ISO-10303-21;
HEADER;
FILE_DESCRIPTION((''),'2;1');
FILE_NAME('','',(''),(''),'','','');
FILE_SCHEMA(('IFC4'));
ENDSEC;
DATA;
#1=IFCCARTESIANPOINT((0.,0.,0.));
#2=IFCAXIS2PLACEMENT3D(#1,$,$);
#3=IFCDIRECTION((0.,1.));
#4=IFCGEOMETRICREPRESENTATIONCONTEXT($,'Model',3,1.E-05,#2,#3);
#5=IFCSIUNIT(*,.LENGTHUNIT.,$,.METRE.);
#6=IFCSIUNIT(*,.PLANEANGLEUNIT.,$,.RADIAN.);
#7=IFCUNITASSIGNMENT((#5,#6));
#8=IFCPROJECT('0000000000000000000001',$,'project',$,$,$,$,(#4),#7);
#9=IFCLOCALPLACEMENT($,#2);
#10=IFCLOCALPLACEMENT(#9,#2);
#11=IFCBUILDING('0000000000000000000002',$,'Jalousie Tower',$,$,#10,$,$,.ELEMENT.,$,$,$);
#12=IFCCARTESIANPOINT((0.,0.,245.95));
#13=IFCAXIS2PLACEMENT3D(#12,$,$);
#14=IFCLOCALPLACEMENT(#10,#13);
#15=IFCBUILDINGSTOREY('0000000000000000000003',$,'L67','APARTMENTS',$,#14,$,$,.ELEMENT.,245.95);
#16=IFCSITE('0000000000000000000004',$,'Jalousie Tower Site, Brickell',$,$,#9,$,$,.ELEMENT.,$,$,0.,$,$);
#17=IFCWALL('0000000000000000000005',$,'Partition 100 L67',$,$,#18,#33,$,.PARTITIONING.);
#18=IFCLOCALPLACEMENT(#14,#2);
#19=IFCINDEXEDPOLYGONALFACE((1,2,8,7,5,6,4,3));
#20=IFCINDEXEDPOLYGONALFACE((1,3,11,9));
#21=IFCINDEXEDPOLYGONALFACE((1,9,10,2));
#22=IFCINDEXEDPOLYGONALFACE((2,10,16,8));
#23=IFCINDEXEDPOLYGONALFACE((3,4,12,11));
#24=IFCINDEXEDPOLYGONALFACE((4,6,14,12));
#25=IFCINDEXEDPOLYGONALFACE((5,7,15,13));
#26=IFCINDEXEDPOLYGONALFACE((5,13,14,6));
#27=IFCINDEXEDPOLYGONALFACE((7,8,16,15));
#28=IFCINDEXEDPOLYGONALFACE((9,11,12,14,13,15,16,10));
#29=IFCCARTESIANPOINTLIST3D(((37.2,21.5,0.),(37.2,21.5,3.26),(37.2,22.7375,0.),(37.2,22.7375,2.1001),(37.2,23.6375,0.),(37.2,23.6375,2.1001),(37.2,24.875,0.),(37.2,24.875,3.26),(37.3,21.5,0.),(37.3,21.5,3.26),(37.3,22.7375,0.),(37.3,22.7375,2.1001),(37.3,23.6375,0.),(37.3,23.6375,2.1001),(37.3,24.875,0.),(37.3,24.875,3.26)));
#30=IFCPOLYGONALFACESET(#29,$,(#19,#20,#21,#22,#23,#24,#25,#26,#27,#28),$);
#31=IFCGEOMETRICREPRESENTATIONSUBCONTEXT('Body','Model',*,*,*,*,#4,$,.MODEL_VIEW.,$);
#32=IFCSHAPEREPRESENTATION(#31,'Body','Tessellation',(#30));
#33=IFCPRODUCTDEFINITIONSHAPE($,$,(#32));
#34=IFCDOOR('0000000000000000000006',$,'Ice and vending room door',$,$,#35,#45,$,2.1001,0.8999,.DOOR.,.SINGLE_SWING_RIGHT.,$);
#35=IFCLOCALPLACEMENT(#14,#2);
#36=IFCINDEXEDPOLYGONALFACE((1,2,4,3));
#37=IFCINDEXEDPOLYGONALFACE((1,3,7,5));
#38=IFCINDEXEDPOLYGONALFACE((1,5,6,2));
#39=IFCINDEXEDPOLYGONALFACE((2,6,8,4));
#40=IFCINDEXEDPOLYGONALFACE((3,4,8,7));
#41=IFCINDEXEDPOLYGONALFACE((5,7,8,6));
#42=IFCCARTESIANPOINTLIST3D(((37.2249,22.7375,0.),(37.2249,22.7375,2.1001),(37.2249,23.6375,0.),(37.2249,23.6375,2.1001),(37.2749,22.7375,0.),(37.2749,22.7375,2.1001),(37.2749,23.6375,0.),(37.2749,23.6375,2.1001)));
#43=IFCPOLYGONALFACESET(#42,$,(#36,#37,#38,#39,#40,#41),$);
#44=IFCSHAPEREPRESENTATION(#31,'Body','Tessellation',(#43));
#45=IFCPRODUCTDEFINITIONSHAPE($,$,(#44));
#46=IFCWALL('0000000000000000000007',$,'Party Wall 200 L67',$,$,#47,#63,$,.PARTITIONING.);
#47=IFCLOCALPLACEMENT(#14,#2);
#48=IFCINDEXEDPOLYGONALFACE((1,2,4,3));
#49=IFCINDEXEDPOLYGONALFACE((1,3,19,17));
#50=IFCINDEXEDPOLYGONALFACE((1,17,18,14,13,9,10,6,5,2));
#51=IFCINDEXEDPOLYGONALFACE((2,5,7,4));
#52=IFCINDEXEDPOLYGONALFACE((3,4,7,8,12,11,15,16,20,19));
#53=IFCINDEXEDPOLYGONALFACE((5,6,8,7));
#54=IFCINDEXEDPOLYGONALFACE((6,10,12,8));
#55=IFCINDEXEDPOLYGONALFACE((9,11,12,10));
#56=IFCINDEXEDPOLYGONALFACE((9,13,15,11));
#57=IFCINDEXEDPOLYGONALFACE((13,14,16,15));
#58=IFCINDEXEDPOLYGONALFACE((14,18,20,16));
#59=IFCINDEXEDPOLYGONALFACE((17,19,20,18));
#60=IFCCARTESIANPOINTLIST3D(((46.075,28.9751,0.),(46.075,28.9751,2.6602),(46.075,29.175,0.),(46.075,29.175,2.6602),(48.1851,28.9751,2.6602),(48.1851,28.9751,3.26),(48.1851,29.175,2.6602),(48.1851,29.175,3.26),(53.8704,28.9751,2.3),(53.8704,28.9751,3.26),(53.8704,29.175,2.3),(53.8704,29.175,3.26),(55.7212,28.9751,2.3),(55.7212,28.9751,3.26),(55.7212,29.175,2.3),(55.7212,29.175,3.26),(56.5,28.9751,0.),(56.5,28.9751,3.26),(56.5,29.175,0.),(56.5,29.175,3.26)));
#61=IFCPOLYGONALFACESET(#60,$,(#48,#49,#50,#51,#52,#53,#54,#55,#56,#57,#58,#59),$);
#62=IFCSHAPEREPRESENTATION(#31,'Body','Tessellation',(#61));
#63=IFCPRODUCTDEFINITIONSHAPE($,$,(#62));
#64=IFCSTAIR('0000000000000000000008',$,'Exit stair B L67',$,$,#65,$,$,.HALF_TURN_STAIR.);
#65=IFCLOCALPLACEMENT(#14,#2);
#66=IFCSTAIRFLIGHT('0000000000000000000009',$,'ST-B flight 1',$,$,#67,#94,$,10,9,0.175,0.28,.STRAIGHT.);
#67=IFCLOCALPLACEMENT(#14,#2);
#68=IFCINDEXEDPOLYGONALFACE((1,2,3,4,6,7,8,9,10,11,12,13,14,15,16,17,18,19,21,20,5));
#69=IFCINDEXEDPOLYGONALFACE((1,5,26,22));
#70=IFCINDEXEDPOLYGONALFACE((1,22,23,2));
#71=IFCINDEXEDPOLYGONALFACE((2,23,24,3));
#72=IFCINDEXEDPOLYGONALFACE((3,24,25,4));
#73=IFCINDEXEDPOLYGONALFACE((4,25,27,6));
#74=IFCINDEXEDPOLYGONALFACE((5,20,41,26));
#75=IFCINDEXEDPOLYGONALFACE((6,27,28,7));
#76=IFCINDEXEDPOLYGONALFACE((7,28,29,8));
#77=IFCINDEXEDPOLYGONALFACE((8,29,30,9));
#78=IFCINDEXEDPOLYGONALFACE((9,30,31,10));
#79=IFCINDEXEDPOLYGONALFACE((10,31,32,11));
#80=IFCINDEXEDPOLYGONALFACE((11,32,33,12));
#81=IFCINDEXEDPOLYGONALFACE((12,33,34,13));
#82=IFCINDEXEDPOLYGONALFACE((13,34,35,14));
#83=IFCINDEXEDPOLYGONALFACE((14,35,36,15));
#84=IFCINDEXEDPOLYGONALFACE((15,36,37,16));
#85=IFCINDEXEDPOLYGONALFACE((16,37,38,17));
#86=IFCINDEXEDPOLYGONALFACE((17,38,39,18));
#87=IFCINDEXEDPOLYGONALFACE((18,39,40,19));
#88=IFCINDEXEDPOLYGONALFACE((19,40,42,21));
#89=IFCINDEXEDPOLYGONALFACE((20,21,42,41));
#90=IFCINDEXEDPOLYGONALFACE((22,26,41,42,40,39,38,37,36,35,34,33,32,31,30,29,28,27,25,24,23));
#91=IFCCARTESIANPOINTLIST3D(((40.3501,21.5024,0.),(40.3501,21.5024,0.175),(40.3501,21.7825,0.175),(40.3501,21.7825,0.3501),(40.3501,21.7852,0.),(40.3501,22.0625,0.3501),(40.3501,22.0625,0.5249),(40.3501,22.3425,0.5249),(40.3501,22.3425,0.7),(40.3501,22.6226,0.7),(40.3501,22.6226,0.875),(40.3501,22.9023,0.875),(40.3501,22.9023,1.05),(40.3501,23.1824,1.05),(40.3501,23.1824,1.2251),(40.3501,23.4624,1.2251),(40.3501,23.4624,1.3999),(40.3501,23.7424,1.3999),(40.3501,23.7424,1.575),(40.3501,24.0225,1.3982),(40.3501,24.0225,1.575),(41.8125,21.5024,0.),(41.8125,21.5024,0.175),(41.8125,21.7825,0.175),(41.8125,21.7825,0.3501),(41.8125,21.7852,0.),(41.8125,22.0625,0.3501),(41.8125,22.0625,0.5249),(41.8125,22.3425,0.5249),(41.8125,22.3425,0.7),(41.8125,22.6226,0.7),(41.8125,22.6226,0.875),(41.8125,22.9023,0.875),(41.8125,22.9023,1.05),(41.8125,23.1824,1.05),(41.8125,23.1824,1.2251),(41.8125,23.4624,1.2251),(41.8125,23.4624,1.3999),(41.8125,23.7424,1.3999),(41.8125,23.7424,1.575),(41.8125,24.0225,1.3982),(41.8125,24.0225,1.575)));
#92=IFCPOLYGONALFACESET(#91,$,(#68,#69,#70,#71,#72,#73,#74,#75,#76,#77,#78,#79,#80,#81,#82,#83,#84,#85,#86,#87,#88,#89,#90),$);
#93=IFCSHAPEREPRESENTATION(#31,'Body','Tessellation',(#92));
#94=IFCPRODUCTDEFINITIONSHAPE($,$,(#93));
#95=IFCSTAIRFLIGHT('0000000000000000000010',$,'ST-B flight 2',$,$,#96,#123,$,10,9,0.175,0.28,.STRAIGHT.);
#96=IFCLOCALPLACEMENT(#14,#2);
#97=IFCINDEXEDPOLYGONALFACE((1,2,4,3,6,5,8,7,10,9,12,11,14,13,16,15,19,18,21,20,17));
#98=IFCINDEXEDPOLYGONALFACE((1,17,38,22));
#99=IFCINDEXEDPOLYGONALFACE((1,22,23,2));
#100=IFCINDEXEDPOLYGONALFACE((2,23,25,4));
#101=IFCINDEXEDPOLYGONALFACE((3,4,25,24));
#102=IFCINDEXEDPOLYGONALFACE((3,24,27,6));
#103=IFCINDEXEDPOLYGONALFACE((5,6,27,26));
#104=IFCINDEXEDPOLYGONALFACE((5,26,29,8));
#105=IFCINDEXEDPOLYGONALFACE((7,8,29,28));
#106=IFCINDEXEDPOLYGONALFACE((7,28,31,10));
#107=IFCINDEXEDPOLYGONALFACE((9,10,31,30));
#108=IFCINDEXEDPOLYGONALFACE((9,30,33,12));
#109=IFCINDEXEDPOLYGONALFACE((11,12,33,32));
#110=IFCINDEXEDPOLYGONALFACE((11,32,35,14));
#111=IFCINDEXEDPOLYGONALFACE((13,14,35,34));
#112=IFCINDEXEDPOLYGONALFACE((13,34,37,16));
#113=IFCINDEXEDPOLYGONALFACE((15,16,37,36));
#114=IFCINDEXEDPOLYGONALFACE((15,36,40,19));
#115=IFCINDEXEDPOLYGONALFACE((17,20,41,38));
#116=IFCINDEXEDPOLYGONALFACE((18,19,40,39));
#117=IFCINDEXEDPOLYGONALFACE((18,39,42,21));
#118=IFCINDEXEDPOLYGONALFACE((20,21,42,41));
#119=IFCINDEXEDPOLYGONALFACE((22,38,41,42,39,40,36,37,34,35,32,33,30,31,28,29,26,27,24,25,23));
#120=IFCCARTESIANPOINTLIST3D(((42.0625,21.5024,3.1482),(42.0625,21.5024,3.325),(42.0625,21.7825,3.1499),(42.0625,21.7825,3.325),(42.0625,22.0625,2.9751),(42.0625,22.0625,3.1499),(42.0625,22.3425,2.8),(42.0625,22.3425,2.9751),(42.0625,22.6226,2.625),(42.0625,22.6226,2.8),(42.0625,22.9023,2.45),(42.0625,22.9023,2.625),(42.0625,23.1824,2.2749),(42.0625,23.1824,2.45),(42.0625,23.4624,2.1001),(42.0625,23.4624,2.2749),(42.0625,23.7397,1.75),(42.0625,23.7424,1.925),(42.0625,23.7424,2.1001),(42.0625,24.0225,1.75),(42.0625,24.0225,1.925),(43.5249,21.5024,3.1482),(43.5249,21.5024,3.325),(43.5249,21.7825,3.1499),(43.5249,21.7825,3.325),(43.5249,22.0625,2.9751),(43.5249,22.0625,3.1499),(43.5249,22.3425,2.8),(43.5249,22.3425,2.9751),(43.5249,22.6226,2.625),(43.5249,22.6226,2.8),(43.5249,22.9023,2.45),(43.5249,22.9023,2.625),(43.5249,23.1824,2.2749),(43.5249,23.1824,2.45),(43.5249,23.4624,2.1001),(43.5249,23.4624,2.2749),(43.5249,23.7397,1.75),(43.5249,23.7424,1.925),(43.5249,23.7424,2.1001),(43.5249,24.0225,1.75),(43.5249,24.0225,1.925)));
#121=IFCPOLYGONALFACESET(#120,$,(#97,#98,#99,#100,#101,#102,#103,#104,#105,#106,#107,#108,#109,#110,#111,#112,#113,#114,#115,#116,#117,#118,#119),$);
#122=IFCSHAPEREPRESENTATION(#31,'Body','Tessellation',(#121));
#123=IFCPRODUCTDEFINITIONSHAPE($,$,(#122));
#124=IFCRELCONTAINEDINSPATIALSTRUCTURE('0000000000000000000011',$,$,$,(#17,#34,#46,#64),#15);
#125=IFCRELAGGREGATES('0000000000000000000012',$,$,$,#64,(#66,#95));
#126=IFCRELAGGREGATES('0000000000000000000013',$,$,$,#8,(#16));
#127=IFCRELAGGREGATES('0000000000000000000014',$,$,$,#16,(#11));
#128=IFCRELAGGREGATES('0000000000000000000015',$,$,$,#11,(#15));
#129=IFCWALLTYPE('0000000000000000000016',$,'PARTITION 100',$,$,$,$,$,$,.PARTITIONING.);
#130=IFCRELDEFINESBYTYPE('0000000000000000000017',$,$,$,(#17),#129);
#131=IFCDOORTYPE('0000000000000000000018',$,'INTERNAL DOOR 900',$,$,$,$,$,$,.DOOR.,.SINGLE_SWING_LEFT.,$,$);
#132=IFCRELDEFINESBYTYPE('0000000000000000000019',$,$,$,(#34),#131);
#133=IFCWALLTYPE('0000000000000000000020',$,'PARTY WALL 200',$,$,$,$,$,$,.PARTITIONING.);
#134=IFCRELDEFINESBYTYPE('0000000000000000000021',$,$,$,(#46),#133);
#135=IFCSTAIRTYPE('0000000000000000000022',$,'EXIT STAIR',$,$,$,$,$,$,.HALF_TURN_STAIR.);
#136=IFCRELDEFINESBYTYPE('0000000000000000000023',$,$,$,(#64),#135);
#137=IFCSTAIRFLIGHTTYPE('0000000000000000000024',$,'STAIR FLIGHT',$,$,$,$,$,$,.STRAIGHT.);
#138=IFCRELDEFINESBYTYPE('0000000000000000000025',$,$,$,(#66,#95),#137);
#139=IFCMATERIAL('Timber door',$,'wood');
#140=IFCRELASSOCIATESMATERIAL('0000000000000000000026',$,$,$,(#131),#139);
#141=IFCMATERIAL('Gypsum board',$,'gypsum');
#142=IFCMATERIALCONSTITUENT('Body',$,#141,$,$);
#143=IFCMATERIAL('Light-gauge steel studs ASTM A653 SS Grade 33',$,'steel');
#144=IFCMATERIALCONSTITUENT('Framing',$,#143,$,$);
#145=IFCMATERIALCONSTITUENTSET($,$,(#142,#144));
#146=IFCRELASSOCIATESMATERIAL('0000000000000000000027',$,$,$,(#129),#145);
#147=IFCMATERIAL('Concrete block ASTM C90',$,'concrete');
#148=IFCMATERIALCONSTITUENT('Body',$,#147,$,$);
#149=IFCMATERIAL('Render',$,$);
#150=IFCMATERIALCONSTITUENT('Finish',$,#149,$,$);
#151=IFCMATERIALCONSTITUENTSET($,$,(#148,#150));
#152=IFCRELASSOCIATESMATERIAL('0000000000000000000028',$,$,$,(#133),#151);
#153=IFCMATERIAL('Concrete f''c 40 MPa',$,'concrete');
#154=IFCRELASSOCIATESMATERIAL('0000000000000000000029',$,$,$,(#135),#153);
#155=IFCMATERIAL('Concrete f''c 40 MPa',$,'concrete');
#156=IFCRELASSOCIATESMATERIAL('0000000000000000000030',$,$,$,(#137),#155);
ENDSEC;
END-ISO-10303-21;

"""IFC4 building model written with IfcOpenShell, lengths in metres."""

from ifc_helpers import new_model, si_unit, direction, frame, frame_2d, origin, place, context, subcontext, project, spatial, polyline, rectangle, outline, extrude, material, constituent, constituent_set, type_object, element, fill, aggregate, save


model = new_model("IFC4")

# Units and contexts
model_context = context("Model", 3, precision=1e-05, world=origin(), true_north=direction((0.0, 1.0)))
body_context = subcontext(model_context, "Body", "Model", "MODEL_VIEW")
ifc_project = project(units=[si_unit("LENGTHUNIT", "METRE"), si_unit("PLANEANGLEUNIT", "RADIAN")], contexts=[model_context])

# Site, building, storey
site_placement = place(None, origin())
site = spatial("IfcSite", under=ifc_project, at=site_placement, Name="Jalousie Tower Site, Brickell", CompositionType="ELEMENT", RefElevation=0.0)
building_placement = place(site_placement, origin())
building = spatial("IfcBuilding", under=site, at=building_placement, Name="Jalousie Tower", CompositionType="ELEMENT")
storey_placement = place(building_placement, frame((0.0, 0.0, 245.95)))
storey = spatial("IfcBuildingStorey", under=building, at=storey_placement, Name="L67", Description="APARTMENTS", CompositionType="ELEMENT", Elevation=245.95)

# Shared definitions
ifc_material_1 = material(Name="Timber door", Category="wood")
door_type_1 = type_object("IfcDoorType", Name="INTERNAL DOOR 900", OperationType="SINGLE_SWING_LEFT", PredefinedType="DOOR", material=ifc_material_1)

# Shared definitions
ifc_material_2 = material(Name="Gypsum board", Category="gypsum")
ifc_constituent_1 = constituent(ifc_material_2, Name="Body")
ifc_material_3 = material(Name="Light-gauge steel studs ASTM A653 SS Grade 33", Category="steel")
ifc_constituent_2 = constituent(ifc_material_3, Name="Framing")
ifc_constituent_set_1 = constituent_set(constituents=[ifc_constituent_1, ifc_constituent_2])
wall_type_1 = type_object("IfcWallType", Name="PARTITION 100", PredefinedType="PARTITIONING", material=ifc_constituent_set_1)

# Wall, opening, door
wall_1_placement = place(storey_placement, frame((37.25, 21.5, 0.0), z_axis=(0.0, 0.0, 1.0), x_axis=(0.0, 1.0, 0.0)))
wall_1 = element("IfcWall", 1, at=wall_1_placement, inside=storey, type_object=wall_type_1, Name="Partition 100 L67", PredefinedType="PARTITIONING", context=body_context, shape_type="SweptSolid", body=[
    extrude(rectangle(XDim=3.375, YDim=0.1001, at=frame_2d((1.6875, 0.0))), origin(), (0.0, 0.0, 1.0), 3.26),
])
opening_1_placement = place(wall_1_placement, frame((1.2375, 0.0, 0.0)))
opening_1 = element("IfcOpeningElement", 2, at=opening_1_placement, cuts=wall_1, PredefinedType="OPENING", context=body_context, shape_type="SweptSolid", body=[
    extrude(rectangle(XDim=0.8999, YDim=2.1001, at=frame_2d((0.45, 1.05))), frame((0.0, 0.0601, 0.0), z_axis=(0.0, -1.0, 0.0), x_axis=(1.0, 0.0, 0.0)), (0.0, 0.0, 1.0), 0.1201),
])
door_1_placement = place(opening_1_placement, frame((0.8999, 0.0, 0.0), z_axis=(0.0, 0.0, 1.0), x_axis=(-1.0, 0.0, 0.0)))
door_1 = element("IfcDoor", 3, at=door_1_placement, inside=storey, type_object=door_type_1, Name="Ice and vending room door", OperationType="SINGLE_SWING_RIGHT", OverallHeight=2.1001, OverallWidth=0.8999, PredefinedType="DOOR", context=body_context, shape_type="SweptSolid", body=[
    extrude(rectangle(XDim=0.8999, YDim=2.1001, at=frame_2d((0.45, 1.05))), frame((0.0, 0.0249, 0.0), z_axis=(0.0, -1.0, 0.0), x_axis=(1.0, 0.0, 0.0)), (0.0, 0.0, 1.0), 0.05),
])
fill(opening_1, door_1)

# Wall
ifc_material_4 = material(Name="Concrete block ASTM C90", Category="concrete")
ifc_constituent_3 = constituent(ifc_material_4, Name="Body")
ifc_material_5 = material(Name="Render")
ifc_constituent_4 = constituent(ifc_material_5, Name="Finish")
ifc_constituent_set_2 = constituent_set(constituents=[ifc_constituent_3, ifc_constituent_4])
wall_type_2 = type_object("IfcWallType", Name="PARTY WALL 200", PredefinedType="PARTITIONING", material=ifc_constituent_set_2)
wall_2_placement = place(storey_placement, frame((46.075, 29.075, 0.0), z_axis=(0.0, 0.0, 1.0), x_axis=(1.0, 0.0, 0.0)))
element("IfcWall", 4, at=wall_2_placement, inside=storey, type_object=wall_type_2, Name="Party Wall 200 L67", PredefinedType="PARTITIONING", context=body_context, shape_type="SweptSolid", body=[
    extrude(outline(polyline([(0.0, 0.0), (10.425, 0.0), (10.425, 3.26), (9.6462, 3.26), (9.6462, 2.3), (7.7954, 2.3), (7.7954, 3.26), (2.1101, 3.26), (2.1101, 2.6602), (0.0, 2.6602), (0.0, 3.26), (0.0, 0.0)])), frame((0.0, 0.1001, 0.0), z_axis=(0.0, -1.0, 0.0), x_axis=(1.0, 0.0, 0.0)), (0.0, 0.0, 1.0), 0.2),
])

# Stair, stair flights
ifc_material_6 = material(Name="Concrete f'c 40 MPa", Category="concrete")
stair_type = type_object("IfcStairType", Name="EXIT STAIR", PredefinedType="HALF_TURN_STAIR", material=ifc_material_6)
stair_placement = place(storey_placement, origin())
stair = element("IfcStair", 5, at=stair_placement, inside=storey, type_object=stair_type, Name="Exit stair B L67", PredefinedType="HALF_TURN_STAIR")
ifc_material_7 = material(Name="Concrete f'c 40 MPa", Category="concrete")
stair_flight_type = type_object("IfcStairFlightType", Name="STAIR FLIGHT", PredefinedType="STRAIGHT", material=ifc_material_7)
stair_flight_1_placement = place(storey_placement, frame((41.0813, 21.5024, 0.0), z_axis=(0.0, 0.0, 1.0), x_axis=(0.0, 1.0, 0.0)))
stair_flight_1 = element("IfcStairFlight", 6, at=stair_flight_1_placement, type_object=stair_flight_type, Name="ST-B flight 1", NumberOfRisers=10, NumberOfTreads=9, PredefinedType="STRAIGHT", RiserHeight=0.175, TreadLength=0.28, context=body_context, shape_type="SweptSolid", body=[
    extrude(outline(polyline([(0.0, 0.0), (0.0, 0.175), (0.28, 0.175), (0.28, 0.3501), (0.5601, 0.3501), (0.5601, 0.5249), (0.8401, 0.5249), (0.8401, 0.7), (1.1201, 0.7), (1.1201, 0.875), (1.3999, 0.875), (1.3999, 1.05), (1.6799, 1.05), (1.6799, 1.2251), (1.96, 1.2251), (1.96, 1.3999), (2.24, 1.3999), (2.24, 1.575), (2.52, 1.575), (2.52, 1.75), (2.52, 1.3982), (0.2827, 0.0), (0.0, 0.0)])), frame((0.0, 0.7312, 0.0), z_axis=(0.0, -1.0, 0.0), x_axis=(1.0, 0.0, 0.0)), (0.0, 0.0, 1.0), 1.4624),
])
stair_flight_2_placement = place(storey_placement, frame((42.7937, 24.0225, 1.75), z_axis=(0.0, 0.0, 1.0), x_axis=(0.0, -1.0, 0.0)))
stair_flight_2 = element("IfcStairFlight", 7, at=stair_flight_2_placement, type_object=stair_flight_type, Name="ST-B flight 2", NumberOfRisers=10, NumberOfTreads=9, PredefinedType="STRAIGHT", RiserHeight=0.175, TreadLength=0.28, context=body_context, shape_type="SweptSolid", body=[
    extrude(outline(polyline([(0.0, 0.0), (0.0, 0.175), (0.28, 0.175), (0.28, 0.3501), (0.5601, 0.3501), (0.5601, 0.5249), (0.8401, 0.5249), (0.8401, 0.7), (1.1201, 0.7), (1.1201, 0.875), (1.3999, 0.875), (1.3999, 1.05), (1.6799, 1.05), (1.6799, 1.2251), (1.96, 1.2251), (1.96, 1.3999), (2.24, 1.3999), (2.24, 1.575), (2.52, 1.575), (2.52, 1.75), (2.52, 1.3982), (0.2827, 0.0), (0.0, 0.0)])), frame((0.0, 0.7312, 0.0), z_axis=(0.0, -1.0, 0.0), x_axis=(1.0, 0.0, 0.0)), (0.0, 0.0, 1.0), 1.4624),
])
aggregate(stair, [stair_flight_1, stair_flight_2])

save(model, "model.ifc")
